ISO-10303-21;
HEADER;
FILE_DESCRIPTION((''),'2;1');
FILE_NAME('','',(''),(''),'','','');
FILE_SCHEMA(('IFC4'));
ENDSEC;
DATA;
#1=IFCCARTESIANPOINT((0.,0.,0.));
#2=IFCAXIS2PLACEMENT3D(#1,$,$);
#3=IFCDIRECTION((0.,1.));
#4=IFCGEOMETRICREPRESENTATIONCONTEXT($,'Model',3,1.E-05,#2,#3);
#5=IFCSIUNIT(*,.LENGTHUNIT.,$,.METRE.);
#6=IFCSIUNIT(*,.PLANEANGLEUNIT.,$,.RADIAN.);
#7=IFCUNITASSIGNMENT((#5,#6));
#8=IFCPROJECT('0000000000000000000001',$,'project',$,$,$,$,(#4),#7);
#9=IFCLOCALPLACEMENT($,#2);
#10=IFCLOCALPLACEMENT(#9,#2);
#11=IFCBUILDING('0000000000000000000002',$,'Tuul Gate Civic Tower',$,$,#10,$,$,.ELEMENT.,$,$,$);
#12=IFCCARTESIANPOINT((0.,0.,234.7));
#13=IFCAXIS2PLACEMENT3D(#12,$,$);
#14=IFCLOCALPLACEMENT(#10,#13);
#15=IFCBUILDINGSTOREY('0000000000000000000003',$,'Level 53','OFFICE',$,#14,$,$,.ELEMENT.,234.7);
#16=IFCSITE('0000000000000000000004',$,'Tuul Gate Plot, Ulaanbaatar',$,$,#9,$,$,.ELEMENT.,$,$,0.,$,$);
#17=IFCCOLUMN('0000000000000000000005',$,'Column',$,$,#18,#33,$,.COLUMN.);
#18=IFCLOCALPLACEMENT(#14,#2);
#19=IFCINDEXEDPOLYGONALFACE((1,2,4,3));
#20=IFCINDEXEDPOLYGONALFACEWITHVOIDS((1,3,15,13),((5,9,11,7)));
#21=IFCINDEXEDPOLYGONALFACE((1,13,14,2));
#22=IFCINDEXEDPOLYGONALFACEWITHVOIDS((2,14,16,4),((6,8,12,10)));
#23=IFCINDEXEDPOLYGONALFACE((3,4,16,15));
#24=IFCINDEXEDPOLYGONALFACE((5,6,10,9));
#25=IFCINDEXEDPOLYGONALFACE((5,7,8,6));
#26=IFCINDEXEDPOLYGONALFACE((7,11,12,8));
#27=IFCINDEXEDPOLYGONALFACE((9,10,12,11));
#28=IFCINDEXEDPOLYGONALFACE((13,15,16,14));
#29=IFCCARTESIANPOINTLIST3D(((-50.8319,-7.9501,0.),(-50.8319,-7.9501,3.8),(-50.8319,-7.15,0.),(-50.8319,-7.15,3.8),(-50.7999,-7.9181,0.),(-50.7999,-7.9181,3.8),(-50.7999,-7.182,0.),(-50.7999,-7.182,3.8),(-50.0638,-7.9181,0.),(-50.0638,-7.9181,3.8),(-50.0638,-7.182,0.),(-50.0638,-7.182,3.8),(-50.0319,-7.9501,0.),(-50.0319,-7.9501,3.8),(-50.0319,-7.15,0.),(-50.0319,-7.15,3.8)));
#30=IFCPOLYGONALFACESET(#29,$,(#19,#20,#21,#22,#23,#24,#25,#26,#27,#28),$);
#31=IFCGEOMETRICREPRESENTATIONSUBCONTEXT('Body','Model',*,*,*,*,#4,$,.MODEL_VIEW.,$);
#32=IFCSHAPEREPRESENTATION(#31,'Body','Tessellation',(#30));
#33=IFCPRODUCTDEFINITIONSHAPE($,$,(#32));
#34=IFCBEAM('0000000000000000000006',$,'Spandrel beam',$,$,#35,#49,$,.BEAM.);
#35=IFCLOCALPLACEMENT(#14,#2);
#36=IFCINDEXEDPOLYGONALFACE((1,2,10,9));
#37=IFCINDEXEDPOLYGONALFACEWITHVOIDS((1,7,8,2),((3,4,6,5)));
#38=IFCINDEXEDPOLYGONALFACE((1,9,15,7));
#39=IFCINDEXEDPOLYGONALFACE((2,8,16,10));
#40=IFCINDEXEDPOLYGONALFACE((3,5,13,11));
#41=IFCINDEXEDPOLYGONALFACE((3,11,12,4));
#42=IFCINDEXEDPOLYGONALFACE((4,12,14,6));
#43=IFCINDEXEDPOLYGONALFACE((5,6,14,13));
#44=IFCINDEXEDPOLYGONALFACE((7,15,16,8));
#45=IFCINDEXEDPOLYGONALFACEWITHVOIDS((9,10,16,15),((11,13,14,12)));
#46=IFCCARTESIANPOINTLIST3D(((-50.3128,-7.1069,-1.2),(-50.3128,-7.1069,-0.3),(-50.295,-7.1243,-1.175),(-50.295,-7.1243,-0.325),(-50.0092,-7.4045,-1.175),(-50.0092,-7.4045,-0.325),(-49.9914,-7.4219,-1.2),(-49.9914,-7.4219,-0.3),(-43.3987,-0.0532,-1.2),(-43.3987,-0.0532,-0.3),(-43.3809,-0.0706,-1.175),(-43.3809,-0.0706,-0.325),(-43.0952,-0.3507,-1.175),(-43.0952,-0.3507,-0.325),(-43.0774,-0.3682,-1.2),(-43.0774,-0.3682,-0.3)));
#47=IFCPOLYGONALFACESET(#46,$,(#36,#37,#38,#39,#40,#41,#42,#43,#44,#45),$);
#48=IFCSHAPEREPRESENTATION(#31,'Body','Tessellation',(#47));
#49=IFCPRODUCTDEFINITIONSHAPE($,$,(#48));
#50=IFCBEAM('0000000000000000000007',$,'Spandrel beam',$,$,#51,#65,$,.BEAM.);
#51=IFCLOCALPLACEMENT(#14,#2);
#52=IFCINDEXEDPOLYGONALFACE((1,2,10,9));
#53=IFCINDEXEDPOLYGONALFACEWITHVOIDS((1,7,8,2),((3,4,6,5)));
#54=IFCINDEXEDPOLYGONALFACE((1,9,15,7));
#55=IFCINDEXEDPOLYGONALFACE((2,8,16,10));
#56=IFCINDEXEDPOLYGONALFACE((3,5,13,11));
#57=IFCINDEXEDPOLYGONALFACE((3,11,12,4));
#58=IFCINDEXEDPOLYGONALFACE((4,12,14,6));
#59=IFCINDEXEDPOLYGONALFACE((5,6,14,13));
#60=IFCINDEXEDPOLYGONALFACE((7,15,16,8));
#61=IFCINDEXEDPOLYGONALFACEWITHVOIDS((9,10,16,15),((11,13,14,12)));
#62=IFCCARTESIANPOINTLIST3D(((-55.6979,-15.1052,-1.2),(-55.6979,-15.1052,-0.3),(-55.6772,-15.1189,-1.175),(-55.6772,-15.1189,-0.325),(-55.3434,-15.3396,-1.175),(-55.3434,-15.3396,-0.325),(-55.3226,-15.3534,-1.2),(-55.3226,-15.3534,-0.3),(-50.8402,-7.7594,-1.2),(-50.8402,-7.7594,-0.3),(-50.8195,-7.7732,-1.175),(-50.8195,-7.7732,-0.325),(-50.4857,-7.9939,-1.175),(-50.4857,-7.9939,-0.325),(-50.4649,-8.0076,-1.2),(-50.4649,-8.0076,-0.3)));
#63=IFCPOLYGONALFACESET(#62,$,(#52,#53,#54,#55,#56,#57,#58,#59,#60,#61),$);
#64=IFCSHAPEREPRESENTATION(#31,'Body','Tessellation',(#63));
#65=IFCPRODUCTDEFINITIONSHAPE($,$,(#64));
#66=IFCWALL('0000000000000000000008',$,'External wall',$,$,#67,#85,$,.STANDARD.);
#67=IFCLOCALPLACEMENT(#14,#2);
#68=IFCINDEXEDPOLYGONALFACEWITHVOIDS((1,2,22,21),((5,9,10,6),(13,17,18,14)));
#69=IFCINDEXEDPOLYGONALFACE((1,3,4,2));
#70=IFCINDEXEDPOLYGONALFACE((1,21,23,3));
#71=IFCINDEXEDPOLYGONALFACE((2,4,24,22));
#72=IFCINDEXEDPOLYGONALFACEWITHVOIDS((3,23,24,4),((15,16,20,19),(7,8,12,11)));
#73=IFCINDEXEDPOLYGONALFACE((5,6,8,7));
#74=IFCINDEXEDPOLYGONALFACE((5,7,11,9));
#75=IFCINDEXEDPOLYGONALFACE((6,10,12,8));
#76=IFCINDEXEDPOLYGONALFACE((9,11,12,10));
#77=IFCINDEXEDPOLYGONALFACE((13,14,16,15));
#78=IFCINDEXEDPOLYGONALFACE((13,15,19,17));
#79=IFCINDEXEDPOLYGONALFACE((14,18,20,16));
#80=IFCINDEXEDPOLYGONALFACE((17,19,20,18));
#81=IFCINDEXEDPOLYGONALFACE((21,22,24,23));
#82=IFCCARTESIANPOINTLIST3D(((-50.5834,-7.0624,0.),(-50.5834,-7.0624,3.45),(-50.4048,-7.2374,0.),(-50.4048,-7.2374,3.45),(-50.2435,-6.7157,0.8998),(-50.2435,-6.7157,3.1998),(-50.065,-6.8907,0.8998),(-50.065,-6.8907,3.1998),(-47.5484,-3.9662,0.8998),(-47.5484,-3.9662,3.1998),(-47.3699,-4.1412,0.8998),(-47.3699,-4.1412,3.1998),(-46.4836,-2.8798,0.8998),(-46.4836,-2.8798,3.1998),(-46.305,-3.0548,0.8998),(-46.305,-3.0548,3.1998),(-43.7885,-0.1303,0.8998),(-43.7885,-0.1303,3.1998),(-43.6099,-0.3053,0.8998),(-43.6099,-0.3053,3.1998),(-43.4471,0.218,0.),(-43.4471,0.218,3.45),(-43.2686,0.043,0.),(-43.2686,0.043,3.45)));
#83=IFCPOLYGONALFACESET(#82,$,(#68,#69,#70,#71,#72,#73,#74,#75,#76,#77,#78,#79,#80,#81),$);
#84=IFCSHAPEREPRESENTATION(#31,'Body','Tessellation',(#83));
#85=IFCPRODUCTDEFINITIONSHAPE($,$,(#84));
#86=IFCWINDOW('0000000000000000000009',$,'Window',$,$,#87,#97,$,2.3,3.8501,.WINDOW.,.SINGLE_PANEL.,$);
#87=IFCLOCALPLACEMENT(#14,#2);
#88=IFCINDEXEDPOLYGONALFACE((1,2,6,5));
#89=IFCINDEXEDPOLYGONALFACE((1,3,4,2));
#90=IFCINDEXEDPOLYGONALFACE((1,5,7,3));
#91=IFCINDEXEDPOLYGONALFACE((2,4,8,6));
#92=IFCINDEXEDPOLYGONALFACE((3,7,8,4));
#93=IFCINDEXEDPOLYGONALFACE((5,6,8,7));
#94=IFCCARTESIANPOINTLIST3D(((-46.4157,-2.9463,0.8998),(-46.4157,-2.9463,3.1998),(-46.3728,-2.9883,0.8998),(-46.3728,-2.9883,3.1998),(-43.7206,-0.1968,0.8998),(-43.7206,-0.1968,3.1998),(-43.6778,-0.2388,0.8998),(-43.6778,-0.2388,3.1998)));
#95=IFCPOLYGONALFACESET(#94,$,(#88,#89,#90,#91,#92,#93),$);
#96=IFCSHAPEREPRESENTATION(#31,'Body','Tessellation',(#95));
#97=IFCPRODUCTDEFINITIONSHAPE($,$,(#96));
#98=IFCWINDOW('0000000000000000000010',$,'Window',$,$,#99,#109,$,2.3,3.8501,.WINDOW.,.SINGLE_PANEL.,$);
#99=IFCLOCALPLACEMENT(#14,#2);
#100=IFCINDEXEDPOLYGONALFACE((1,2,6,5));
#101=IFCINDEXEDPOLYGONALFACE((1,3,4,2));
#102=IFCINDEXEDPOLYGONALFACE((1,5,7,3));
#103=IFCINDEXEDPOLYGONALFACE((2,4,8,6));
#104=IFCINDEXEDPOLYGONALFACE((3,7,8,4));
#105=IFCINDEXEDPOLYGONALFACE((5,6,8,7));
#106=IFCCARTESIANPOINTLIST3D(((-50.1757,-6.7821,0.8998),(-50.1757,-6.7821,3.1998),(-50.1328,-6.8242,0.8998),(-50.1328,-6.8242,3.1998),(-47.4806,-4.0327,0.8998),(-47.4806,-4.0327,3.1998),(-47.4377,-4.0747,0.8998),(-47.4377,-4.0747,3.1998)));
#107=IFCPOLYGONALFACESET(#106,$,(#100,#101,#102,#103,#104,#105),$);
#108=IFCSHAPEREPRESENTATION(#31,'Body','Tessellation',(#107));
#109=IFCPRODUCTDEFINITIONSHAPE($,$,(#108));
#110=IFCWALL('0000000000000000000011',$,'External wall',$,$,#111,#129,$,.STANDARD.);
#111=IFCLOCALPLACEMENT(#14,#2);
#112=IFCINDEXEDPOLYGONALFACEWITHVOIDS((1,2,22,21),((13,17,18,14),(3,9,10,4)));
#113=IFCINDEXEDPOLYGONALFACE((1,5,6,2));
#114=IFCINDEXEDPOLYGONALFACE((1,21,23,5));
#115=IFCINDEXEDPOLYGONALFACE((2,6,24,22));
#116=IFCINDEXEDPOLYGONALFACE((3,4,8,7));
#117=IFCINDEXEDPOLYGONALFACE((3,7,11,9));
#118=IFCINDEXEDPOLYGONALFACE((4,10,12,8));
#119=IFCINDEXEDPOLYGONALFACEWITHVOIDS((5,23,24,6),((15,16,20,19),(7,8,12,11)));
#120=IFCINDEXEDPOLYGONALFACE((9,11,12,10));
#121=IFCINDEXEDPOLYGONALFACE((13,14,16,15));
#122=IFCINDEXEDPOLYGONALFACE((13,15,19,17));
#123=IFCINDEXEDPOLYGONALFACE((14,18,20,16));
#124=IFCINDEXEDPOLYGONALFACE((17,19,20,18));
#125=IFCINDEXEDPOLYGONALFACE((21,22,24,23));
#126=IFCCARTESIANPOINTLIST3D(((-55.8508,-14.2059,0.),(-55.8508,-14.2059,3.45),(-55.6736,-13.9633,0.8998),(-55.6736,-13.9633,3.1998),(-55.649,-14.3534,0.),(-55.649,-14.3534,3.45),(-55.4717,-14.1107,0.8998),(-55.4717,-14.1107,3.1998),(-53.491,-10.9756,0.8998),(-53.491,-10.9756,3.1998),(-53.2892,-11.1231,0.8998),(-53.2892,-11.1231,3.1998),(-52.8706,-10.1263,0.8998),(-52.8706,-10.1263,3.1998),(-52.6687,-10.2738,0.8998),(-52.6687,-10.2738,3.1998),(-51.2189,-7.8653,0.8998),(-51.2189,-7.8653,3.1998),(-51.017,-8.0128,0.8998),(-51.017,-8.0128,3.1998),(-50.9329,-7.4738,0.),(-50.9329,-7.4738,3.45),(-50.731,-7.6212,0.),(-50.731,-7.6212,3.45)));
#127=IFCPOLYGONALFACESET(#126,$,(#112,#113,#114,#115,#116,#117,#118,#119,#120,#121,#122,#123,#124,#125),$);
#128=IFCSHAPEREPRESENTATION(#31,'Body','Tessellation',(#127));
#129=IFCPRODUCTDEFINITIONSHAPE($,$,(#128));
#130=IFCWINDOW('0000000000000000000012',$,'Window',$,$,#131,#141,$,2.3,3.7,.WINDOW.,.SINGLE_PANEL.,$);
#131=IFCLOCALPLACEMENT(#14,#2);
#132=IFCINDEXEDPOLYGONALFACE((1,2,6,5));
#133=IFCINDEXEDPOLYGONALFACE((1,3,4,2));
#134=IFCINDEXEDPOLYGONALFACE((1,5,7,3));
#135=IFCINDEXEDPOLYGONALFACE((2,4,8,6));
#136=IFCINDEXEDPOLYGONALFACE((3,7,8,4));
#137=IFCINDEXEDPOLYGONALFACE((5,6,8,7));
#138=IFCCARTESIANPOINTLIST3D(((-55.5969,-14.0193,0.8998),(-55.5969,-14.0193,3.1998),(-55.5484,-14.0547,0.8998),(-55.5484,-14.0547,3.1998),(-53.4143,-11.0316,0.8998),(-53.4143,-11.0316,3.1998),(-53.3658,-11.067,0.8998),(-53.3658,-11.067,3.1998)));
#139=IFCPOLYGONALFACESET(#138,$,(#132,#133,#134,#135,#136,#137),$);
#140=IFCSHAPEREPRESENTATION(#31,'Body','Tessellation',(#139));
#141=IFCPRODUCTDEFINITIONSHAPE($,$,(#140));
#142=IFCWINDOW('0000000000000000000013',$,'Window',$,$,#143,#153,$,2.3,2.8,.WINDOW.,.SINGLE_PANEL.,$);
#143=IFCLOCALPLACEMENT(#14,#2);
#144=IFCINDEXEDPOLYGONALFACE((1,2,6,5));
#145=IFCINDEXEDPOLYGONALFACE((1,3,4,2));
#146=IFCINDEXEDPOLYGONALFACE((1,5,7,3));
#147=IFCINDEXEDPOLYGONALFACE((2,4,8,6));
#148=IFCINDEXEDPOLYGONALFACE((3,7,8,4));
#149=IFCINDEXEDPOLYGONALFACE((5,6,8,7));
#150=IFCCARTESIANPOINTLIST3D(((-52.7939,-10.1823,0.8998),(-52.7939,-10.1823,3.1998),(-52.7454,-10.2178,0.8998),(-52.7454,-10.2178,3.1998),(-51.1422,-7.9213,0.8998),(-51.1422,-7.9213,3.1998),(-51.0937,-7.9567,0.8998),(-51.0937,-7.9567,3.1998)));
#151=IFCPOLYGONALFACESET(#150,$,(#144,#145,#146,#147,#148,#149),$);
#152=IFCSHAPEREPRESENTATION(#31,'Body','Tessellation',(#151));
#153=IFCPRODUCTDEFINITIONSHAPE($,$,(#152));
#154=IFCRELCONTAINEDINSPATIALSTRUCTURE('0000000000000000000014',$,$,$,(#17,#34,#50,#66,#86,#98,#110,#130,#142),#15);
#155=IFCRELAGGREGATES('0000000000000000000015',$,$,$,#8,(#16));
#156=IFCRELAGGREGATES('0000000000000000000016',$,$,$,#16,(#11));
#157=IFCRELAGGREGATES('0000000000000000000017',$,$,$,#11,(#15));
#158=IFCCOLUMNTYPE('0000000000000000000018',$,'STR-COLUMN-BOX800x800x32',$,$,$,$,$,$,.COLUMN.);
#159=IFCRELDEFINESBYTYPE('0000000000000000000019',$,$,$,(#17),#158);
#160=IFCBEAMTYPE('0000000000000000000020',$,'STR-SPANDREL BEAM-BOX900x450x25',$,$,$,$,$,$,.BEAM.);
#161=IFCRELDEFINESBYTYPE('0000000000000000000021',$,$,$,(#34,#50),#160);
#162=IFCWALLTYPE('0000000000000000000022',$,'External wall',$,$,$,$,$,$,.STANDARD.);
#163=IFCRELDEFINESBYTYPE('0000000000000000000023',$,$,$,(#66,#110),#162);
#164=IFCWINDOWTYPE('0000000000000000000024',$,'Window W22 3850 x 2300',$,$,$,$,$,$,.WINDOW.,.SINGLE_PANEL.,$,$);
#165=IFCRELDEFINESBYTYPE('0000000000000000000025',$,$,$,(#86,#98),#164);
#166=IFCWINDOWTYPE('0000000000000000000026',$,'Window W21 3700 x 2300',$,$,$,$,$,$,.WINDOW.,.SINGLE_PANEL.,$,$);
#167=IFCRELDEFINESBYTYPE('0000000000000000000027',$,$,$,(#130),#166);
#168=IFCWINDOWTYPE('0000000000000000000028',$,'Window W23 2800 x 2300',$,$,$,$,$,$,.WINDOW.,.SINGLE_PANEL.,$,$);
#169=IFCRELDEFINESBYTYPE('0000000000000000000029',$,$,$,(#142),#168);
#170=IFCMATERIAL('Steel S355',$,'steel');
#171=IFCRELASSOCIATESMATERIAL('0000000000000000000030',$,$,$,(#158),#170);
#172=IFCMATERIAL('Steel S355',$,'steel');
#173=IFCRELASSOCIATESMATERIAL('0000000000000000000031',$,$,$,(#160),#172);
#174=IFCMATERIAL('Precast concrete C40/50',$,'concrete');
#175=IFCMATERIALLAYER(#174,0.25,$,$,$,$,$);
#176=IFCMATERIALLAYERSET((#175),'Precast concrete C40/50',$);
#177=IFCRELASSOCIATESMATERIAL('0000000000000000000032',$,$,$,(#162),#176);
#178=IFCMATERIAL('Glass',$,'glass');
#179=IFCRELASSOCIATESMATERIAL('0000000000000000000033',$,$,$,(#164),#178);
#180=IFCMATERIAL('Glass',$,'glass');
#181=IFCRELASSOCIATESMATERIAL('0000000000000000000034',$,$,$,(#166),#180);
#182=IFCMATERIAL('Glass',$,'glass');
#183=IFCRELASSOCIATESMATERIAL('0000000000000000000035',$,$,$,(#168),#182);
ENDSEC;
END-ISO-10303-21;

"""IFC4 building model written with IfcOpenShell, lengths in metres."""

from ifc_helpers import new_model, si_unit, direction, frame, frame_2d, origin, origin_2d, place, context, subcontext, project, spatial, rectangle, hollow_rectangle, extrude, material, layer, layer_set, material_profile, profile_set, type_object, element, fill, save


model = new_model("IFC4")

# Units and contexts
model_context = context("Model", 3, precision=1e-05, world=origin(), true_north=direction((0.0, 1.0)))
body_context = subcontext(model_context, "Body", "Model", "MODEL_VIEW")
ifc_project = project(units=[si_unit("LENGTHUNIT", "METRE"), si_unit("PLANEANGLEUNIT", "RADIAN")], contexts=[model_context])

# Site, building, storey
site_placement = place(None, origin())
site = spatial("IfcSite", under=ifc_project, at=site_placement, Name="Tuul Gate Plot, Ulaanbaatar", CompositionType="ELEMENT", RefElevation=0.0)
building_placement = place(site_placement, origin())
building = spatial("IfcBuilding", under=site, at=building_placement, Name="Tuul Gate Civic Tower", CompositionType="ELEMENT")
storey_placement = place(building_placement, frame((0.0, 0.0, 234.7)))
storey = spatial("IfcBuildingStorey", under=building, at=storey_placement, Name="Level 53", Description="OFFICE", CompositionType="ELEMENT", Elevation=234.7)

# Column
ifc_material_1 = material(Name="Steel S355", Category="steel")
ifc_material_profile_1 = material_profile(ifc_material_1, hollow_rectangle(XDim=0.8, YDim=0.8, WallThickness=0.032, at=origin_2d()), Name="BOX800x800x32")
ifc_profile_set_1 = profile_set([ifc_material_profile_1], Name="Steel S355")
column_type = type_object("IfcColumnType", Name="STR-COLUMN-BOX800x800x32", PredefinedType="COLUMN", material=ifc_profile_set_1)
column_placement = place(storey_placement, frame((-50.4319, -7.55, 0.0), z_axis=(0.0, 0.0, 1.0), x_axis=(1.0, 0.0, 0.0)))
element("IfcColumn", 1, at=column_placement, inside=storey, type_object=column_type, Name="Column", PredefinedType="COLUMN", context=body_context, shape_type="SweptSolid", body=[
    extrude(hollow_rectangle(XDim=0.8, YDim=0.8, WallThickness=0.032, at=origin_2d()), origin(), (0.0, 0.0, 1.0), 3.8),
])

# Beams
ifc_material_2 = material(Name="Steel S355", Category="steel")
ifc_material_profile_2 = material_profile(ifc_material_2, hollow_rectangle(XDim=0.45, YDim=0.8999, WallThickness=0.0249, at=origin_2d()), Name="BOX900x450x25")
ifc_profile_set_2 = profile_set([ifc_material_profile_2], Name="Steel S355")
beam_type = type_object("IfcBeamType", Name="STR-SPANDREL BEAM-BOX900x450x25", PredefinedType="BEAM", material=ifc_profile_set_2)
beam_1_placement = place(storey_placement, frame((-43.238, -0.2107, -0.75), z_axis=(-0.700002, -0.714141, 0.0), x_axis=(0.714141, -0.700002, 0.0)))
element("IfcBeam", 2, at=beam_1_placement, inside=storey, type_object=beam_type, Name="Spandrel beam", PredefinedType="BEAM", context=body_context, shape_type="SweptSolid", body=[
    extrude(hollow_rectangle(XDim=0.45, YDim=0.8999, WallThickness=0.0249, at=origin_2d()), origin(), (0.0, 0.0, 1.0), 9.8772),
])
beam_2_placement = place(storey_placement, frame((-50.6526, -7.8835, -0.75), z_axis=(-0.551594, -0.834113, 0.0), x_axis=(0.834113, -0.551594, 0.0)))
element("IfcBeam", 3, at=beam_2_placement, inside=storey, type_object=beam_type, Name="Spandrel beam", PredefinedType="BEAM", context=body_context, shape_type="SweptSolid", body=[
    extrude(hollow_rectangle(XDim=0.45, YDim=0.8999, WallThickness=0.0249, at=origin_2d()), origin(), (0.0, 0.0, 1.0), 8.8066),
])

# Walls, openings, windows
ifc_material_3 = material(Name="Precast concrete C40/50", Category="concrete")
ifc_layer_1 = layer(ifc_material_3, 0.25)
ifc_layer_set_1 = layer_set([ifc_layer_1], Name="Precast concrete C40/50")
wall_type_1 = type_object("IfcWallType", Name="External wall", PredefinedType="STANDARD", material=ifc_layer_set_1)
wall_1_placement = place(storey_placement, frame((-43.3579, 0.1304, 0.0), z_axis=(0.0, 0.0, 1.0), x_axis=(-0.700007, -0.714136, 0.0)))
wall_1 = element("IfcWall", 4, at=wall_1_placement, inside=storey, type_object=wall_type_1, Name="External wall", PredefinedType="STANDARD", context=body_context, shape_type="SweptSolid", body=[
    extrude(rectangle(XDim=10.1946, YDim=0.25, at=frame_2d((5.0972, 0.0))), origin(), (0.0, 0.0, 1.0), 3.45),
])
opening_1_placement = place(wall_1_placement, frame((0.4875, 0.0, 0.8999)))
opening_1 = element("IfcOpeningElement", 5, at=opening_1_placement, cuts=wall_1, PredefinedType="OPENING", context=body_context, shape_type="SweptSolid", body=[
    extrude(rectangle(XDim=3.8501, YDim=2.3, at=frame_2d((1.925, 1.1499))), frame((0.0, 0.135, 0.0), z_axis=(0.0, -1.0, 0.0), x_axis=(1.0, 0.0, 0.0)), (0.0, 0.0, 1.0), 0.27),
])
opening_2_placement = place(wall_1_placement, frame((5.8589, 0.0, 0.8999)))
opening_2 = element("IfcOpeningElement", 6, at=opening_2_placement, cuts=wall_1, PredefinedType="OPENING", context=body_context, shape_type="SweptSolid", body=[
    extrude(rectangle(XDim=3.8501, YDim=2.3, at=frame_2d((1.925, 1.1499))), frame((0.0, 0.135, 0.0), z_axis=(0.0, -1.0, 0.0), x_axis=(1.0, 0.0, 0.0)), (0.0, 0.0, 1.0), 0.27),
])
ifc_material_4 = material(Name="Glass", Category="glass")
window_type_1 = type_object("IfcWindowType", Name="Window W22 3850 x 2300", PartitioningType="SINGLE_PANEL", PredefinedType="WINDOW", material=ifc_material_4)
window_1_placement = place(opening_1_placement, origin())
window_1 = element("IfcWindow", 7, at=window_1_placement, inside=storey, type_object=window_type_1, Name="Window", OverallHeight=2.3, OverallWidth=3.8501, PartitioningType="SINGLE_PANEL", PredefinedType="WINDOW", context=body_context, shape_type="SweptSolid", body=[
    extrude(rectangle(XDim=3.8501, YDim=2.3, at=frame_2d((1.925, 1.1499))), frame((0.0, 0.03, 0.0), z_axis=(0.0, -1.0, 0.0), x_axis=(1.0, 0.0, 0.0)), (0.0, 0.0, 1.0), 0.0601),
])
fill(opening_1, window_1)
window_2_placement = place(opening_2_placement, origin())
window_2 = element("IfcWindow", 8, at=window_2_placement, inside=storey, type_object=window_type_1, Name="Window", OverallHeight=2.3, OverallWidth=3.8501, PartitioningType="SINGLE_PANEL", PredefinedType="WINDOW", context=body_context, shape_type="SweptSolid", body=[
    extrude(rectangle(XDim=3.8501, YDim=2.3, at=frame_2d((1.925, 1.1499))), frame((0.0, 0.03, 0.0), z_axis=(0.0, -1.0, 0.0), x_axis=(1.0, 0.0, 0.0)), (0.0, 0.0, 1.0), 0.0601),
])
fill(opening_2, window_2)
wall_2_placement = place(storey_placement, frame((-50.832, -7.5476, 0.0), z_axis=(0.0, 0.0, 1.0), x_axis=(-0.589884, -0.807488, 0.0)))
wall_2 = element("IfcWall", 9, at=wall_2_placement, inside=storey, type_object=wall_type_1, Name="External wall", PredefinedType="STANDARD", context=body_context, shape_type="SweptSolid", body=[
    extrude(rectangle(XDim=8.3372, YDim=0.25, at=frame_2d((4.1685, 0.0))), origin(), (0.0, 0.0, 1.0), 3.45),
])
opening_3_placement = place(wall_2_placement, frame((0.4849, 0.0, 0.8999)))
opening_3 = element("IfcOpeningElement", 10, at=opening_3_placement, cuts=wall_2, PredefinedType="OPENING", context=body_context, shape_type="SweptSolid", body=[
    extrude(rectangle(XDim=2.8, YDim=2.3, at=frame_2d((1.3999, 1.1499))), frame((0.0, 0.135, 0.0), z_axis=(0.0, -1.0, 0.0), x_axis=(1.0, 0.0, 0.0)), (0.0, 0.0, 1.0), 0.27),
])
opening_4_placement = place(wall_2_placement, frame((4.3364, 0.0, 0.8999)))
opening_4 = element("IfcOpeningElement", 11, at=opening_4_placement, cuts=wall_2, PredefinedType="OPENING", context=body_context, shape_type="SweptSolid", body=[
    extrude(rectangle(XDim=3.7, YDim=2.3, at=frame_2d((1.8501, 1.1499))), frame((0.0, 0.135, 0.0), z_axis=(0.0, -1.0, 0.0), x_axis=(1.0, 0.0, 0.0)), (0.0, 0.0, 1.0), 0.27),
])
ifc_material_5 = material(Name="Glass", Category="glass")
window_type_2 = type_object("IfcWindowType", Name="Window W21 3700 x 2300", PartitioningType="SINGLE_PANEL", PredefinedType="WINDOW", material=ifc_material_5)
window_3_placement = place(opening_4_placement, origin())
window_3 = element("IfcWindow", 12, at=window_3_placement, inside=storey, type_object=window_type_2, Name="Window", OverallHeight=2.3, OverallWidth=3.7, PartitioningType="SINGLE_PANEL", PredefinedType="WINDOW", context=body_context, shape_type="SweptSolid", body=[
    extrude(rectangle(XDim=3.7, YDim=2.3, at=frame_2d((1.8501, 1.1499))), frame((0.0, 0.03, 0.0), z_axis=(0.0, -1.0, 0.0), x_axis=(1.0, 0.0, 0.0)), (0.0, 0.0, 1.0), 0.0601),
])
fill(opening_4, window_3)
ifc_material_6 = material(Name="Glass", Category="glass")
window_type_3 = type_object("IfcWindowType", Name="Window W23 2800 x 2300", PartitioningType="SINGLE_PANEL", PredefinedType="WINDOW", material=ifc_material_6)
window_4_placement = place(opening_3_placement, origin())
window_4 = element("IfcWindow", 13, at=window_4_placement, inside=storey, type_object=window_type_3, Name="Window", OverallHeight=2.3, OverallWidth=2.8, PartitioningType="SINGLE_PANEL", PredefinedType="WINDOW", context=body_context, shape_type="SweptSolid", body=[
    extrude(rectangle(XDim=2.8, YDim=2.3, at=frame_2d((1.3999, 1.1499))), frame((0.0, 0.03, 0.0), z_axis=(0.0, -1.0, 0.0), x_axis=(1.0, 0.0, 0.0)), (0.0, 0.0, 1.0), 0.0601),
])
fill(opening_3, window_4)

save(model, "model.ifc")
